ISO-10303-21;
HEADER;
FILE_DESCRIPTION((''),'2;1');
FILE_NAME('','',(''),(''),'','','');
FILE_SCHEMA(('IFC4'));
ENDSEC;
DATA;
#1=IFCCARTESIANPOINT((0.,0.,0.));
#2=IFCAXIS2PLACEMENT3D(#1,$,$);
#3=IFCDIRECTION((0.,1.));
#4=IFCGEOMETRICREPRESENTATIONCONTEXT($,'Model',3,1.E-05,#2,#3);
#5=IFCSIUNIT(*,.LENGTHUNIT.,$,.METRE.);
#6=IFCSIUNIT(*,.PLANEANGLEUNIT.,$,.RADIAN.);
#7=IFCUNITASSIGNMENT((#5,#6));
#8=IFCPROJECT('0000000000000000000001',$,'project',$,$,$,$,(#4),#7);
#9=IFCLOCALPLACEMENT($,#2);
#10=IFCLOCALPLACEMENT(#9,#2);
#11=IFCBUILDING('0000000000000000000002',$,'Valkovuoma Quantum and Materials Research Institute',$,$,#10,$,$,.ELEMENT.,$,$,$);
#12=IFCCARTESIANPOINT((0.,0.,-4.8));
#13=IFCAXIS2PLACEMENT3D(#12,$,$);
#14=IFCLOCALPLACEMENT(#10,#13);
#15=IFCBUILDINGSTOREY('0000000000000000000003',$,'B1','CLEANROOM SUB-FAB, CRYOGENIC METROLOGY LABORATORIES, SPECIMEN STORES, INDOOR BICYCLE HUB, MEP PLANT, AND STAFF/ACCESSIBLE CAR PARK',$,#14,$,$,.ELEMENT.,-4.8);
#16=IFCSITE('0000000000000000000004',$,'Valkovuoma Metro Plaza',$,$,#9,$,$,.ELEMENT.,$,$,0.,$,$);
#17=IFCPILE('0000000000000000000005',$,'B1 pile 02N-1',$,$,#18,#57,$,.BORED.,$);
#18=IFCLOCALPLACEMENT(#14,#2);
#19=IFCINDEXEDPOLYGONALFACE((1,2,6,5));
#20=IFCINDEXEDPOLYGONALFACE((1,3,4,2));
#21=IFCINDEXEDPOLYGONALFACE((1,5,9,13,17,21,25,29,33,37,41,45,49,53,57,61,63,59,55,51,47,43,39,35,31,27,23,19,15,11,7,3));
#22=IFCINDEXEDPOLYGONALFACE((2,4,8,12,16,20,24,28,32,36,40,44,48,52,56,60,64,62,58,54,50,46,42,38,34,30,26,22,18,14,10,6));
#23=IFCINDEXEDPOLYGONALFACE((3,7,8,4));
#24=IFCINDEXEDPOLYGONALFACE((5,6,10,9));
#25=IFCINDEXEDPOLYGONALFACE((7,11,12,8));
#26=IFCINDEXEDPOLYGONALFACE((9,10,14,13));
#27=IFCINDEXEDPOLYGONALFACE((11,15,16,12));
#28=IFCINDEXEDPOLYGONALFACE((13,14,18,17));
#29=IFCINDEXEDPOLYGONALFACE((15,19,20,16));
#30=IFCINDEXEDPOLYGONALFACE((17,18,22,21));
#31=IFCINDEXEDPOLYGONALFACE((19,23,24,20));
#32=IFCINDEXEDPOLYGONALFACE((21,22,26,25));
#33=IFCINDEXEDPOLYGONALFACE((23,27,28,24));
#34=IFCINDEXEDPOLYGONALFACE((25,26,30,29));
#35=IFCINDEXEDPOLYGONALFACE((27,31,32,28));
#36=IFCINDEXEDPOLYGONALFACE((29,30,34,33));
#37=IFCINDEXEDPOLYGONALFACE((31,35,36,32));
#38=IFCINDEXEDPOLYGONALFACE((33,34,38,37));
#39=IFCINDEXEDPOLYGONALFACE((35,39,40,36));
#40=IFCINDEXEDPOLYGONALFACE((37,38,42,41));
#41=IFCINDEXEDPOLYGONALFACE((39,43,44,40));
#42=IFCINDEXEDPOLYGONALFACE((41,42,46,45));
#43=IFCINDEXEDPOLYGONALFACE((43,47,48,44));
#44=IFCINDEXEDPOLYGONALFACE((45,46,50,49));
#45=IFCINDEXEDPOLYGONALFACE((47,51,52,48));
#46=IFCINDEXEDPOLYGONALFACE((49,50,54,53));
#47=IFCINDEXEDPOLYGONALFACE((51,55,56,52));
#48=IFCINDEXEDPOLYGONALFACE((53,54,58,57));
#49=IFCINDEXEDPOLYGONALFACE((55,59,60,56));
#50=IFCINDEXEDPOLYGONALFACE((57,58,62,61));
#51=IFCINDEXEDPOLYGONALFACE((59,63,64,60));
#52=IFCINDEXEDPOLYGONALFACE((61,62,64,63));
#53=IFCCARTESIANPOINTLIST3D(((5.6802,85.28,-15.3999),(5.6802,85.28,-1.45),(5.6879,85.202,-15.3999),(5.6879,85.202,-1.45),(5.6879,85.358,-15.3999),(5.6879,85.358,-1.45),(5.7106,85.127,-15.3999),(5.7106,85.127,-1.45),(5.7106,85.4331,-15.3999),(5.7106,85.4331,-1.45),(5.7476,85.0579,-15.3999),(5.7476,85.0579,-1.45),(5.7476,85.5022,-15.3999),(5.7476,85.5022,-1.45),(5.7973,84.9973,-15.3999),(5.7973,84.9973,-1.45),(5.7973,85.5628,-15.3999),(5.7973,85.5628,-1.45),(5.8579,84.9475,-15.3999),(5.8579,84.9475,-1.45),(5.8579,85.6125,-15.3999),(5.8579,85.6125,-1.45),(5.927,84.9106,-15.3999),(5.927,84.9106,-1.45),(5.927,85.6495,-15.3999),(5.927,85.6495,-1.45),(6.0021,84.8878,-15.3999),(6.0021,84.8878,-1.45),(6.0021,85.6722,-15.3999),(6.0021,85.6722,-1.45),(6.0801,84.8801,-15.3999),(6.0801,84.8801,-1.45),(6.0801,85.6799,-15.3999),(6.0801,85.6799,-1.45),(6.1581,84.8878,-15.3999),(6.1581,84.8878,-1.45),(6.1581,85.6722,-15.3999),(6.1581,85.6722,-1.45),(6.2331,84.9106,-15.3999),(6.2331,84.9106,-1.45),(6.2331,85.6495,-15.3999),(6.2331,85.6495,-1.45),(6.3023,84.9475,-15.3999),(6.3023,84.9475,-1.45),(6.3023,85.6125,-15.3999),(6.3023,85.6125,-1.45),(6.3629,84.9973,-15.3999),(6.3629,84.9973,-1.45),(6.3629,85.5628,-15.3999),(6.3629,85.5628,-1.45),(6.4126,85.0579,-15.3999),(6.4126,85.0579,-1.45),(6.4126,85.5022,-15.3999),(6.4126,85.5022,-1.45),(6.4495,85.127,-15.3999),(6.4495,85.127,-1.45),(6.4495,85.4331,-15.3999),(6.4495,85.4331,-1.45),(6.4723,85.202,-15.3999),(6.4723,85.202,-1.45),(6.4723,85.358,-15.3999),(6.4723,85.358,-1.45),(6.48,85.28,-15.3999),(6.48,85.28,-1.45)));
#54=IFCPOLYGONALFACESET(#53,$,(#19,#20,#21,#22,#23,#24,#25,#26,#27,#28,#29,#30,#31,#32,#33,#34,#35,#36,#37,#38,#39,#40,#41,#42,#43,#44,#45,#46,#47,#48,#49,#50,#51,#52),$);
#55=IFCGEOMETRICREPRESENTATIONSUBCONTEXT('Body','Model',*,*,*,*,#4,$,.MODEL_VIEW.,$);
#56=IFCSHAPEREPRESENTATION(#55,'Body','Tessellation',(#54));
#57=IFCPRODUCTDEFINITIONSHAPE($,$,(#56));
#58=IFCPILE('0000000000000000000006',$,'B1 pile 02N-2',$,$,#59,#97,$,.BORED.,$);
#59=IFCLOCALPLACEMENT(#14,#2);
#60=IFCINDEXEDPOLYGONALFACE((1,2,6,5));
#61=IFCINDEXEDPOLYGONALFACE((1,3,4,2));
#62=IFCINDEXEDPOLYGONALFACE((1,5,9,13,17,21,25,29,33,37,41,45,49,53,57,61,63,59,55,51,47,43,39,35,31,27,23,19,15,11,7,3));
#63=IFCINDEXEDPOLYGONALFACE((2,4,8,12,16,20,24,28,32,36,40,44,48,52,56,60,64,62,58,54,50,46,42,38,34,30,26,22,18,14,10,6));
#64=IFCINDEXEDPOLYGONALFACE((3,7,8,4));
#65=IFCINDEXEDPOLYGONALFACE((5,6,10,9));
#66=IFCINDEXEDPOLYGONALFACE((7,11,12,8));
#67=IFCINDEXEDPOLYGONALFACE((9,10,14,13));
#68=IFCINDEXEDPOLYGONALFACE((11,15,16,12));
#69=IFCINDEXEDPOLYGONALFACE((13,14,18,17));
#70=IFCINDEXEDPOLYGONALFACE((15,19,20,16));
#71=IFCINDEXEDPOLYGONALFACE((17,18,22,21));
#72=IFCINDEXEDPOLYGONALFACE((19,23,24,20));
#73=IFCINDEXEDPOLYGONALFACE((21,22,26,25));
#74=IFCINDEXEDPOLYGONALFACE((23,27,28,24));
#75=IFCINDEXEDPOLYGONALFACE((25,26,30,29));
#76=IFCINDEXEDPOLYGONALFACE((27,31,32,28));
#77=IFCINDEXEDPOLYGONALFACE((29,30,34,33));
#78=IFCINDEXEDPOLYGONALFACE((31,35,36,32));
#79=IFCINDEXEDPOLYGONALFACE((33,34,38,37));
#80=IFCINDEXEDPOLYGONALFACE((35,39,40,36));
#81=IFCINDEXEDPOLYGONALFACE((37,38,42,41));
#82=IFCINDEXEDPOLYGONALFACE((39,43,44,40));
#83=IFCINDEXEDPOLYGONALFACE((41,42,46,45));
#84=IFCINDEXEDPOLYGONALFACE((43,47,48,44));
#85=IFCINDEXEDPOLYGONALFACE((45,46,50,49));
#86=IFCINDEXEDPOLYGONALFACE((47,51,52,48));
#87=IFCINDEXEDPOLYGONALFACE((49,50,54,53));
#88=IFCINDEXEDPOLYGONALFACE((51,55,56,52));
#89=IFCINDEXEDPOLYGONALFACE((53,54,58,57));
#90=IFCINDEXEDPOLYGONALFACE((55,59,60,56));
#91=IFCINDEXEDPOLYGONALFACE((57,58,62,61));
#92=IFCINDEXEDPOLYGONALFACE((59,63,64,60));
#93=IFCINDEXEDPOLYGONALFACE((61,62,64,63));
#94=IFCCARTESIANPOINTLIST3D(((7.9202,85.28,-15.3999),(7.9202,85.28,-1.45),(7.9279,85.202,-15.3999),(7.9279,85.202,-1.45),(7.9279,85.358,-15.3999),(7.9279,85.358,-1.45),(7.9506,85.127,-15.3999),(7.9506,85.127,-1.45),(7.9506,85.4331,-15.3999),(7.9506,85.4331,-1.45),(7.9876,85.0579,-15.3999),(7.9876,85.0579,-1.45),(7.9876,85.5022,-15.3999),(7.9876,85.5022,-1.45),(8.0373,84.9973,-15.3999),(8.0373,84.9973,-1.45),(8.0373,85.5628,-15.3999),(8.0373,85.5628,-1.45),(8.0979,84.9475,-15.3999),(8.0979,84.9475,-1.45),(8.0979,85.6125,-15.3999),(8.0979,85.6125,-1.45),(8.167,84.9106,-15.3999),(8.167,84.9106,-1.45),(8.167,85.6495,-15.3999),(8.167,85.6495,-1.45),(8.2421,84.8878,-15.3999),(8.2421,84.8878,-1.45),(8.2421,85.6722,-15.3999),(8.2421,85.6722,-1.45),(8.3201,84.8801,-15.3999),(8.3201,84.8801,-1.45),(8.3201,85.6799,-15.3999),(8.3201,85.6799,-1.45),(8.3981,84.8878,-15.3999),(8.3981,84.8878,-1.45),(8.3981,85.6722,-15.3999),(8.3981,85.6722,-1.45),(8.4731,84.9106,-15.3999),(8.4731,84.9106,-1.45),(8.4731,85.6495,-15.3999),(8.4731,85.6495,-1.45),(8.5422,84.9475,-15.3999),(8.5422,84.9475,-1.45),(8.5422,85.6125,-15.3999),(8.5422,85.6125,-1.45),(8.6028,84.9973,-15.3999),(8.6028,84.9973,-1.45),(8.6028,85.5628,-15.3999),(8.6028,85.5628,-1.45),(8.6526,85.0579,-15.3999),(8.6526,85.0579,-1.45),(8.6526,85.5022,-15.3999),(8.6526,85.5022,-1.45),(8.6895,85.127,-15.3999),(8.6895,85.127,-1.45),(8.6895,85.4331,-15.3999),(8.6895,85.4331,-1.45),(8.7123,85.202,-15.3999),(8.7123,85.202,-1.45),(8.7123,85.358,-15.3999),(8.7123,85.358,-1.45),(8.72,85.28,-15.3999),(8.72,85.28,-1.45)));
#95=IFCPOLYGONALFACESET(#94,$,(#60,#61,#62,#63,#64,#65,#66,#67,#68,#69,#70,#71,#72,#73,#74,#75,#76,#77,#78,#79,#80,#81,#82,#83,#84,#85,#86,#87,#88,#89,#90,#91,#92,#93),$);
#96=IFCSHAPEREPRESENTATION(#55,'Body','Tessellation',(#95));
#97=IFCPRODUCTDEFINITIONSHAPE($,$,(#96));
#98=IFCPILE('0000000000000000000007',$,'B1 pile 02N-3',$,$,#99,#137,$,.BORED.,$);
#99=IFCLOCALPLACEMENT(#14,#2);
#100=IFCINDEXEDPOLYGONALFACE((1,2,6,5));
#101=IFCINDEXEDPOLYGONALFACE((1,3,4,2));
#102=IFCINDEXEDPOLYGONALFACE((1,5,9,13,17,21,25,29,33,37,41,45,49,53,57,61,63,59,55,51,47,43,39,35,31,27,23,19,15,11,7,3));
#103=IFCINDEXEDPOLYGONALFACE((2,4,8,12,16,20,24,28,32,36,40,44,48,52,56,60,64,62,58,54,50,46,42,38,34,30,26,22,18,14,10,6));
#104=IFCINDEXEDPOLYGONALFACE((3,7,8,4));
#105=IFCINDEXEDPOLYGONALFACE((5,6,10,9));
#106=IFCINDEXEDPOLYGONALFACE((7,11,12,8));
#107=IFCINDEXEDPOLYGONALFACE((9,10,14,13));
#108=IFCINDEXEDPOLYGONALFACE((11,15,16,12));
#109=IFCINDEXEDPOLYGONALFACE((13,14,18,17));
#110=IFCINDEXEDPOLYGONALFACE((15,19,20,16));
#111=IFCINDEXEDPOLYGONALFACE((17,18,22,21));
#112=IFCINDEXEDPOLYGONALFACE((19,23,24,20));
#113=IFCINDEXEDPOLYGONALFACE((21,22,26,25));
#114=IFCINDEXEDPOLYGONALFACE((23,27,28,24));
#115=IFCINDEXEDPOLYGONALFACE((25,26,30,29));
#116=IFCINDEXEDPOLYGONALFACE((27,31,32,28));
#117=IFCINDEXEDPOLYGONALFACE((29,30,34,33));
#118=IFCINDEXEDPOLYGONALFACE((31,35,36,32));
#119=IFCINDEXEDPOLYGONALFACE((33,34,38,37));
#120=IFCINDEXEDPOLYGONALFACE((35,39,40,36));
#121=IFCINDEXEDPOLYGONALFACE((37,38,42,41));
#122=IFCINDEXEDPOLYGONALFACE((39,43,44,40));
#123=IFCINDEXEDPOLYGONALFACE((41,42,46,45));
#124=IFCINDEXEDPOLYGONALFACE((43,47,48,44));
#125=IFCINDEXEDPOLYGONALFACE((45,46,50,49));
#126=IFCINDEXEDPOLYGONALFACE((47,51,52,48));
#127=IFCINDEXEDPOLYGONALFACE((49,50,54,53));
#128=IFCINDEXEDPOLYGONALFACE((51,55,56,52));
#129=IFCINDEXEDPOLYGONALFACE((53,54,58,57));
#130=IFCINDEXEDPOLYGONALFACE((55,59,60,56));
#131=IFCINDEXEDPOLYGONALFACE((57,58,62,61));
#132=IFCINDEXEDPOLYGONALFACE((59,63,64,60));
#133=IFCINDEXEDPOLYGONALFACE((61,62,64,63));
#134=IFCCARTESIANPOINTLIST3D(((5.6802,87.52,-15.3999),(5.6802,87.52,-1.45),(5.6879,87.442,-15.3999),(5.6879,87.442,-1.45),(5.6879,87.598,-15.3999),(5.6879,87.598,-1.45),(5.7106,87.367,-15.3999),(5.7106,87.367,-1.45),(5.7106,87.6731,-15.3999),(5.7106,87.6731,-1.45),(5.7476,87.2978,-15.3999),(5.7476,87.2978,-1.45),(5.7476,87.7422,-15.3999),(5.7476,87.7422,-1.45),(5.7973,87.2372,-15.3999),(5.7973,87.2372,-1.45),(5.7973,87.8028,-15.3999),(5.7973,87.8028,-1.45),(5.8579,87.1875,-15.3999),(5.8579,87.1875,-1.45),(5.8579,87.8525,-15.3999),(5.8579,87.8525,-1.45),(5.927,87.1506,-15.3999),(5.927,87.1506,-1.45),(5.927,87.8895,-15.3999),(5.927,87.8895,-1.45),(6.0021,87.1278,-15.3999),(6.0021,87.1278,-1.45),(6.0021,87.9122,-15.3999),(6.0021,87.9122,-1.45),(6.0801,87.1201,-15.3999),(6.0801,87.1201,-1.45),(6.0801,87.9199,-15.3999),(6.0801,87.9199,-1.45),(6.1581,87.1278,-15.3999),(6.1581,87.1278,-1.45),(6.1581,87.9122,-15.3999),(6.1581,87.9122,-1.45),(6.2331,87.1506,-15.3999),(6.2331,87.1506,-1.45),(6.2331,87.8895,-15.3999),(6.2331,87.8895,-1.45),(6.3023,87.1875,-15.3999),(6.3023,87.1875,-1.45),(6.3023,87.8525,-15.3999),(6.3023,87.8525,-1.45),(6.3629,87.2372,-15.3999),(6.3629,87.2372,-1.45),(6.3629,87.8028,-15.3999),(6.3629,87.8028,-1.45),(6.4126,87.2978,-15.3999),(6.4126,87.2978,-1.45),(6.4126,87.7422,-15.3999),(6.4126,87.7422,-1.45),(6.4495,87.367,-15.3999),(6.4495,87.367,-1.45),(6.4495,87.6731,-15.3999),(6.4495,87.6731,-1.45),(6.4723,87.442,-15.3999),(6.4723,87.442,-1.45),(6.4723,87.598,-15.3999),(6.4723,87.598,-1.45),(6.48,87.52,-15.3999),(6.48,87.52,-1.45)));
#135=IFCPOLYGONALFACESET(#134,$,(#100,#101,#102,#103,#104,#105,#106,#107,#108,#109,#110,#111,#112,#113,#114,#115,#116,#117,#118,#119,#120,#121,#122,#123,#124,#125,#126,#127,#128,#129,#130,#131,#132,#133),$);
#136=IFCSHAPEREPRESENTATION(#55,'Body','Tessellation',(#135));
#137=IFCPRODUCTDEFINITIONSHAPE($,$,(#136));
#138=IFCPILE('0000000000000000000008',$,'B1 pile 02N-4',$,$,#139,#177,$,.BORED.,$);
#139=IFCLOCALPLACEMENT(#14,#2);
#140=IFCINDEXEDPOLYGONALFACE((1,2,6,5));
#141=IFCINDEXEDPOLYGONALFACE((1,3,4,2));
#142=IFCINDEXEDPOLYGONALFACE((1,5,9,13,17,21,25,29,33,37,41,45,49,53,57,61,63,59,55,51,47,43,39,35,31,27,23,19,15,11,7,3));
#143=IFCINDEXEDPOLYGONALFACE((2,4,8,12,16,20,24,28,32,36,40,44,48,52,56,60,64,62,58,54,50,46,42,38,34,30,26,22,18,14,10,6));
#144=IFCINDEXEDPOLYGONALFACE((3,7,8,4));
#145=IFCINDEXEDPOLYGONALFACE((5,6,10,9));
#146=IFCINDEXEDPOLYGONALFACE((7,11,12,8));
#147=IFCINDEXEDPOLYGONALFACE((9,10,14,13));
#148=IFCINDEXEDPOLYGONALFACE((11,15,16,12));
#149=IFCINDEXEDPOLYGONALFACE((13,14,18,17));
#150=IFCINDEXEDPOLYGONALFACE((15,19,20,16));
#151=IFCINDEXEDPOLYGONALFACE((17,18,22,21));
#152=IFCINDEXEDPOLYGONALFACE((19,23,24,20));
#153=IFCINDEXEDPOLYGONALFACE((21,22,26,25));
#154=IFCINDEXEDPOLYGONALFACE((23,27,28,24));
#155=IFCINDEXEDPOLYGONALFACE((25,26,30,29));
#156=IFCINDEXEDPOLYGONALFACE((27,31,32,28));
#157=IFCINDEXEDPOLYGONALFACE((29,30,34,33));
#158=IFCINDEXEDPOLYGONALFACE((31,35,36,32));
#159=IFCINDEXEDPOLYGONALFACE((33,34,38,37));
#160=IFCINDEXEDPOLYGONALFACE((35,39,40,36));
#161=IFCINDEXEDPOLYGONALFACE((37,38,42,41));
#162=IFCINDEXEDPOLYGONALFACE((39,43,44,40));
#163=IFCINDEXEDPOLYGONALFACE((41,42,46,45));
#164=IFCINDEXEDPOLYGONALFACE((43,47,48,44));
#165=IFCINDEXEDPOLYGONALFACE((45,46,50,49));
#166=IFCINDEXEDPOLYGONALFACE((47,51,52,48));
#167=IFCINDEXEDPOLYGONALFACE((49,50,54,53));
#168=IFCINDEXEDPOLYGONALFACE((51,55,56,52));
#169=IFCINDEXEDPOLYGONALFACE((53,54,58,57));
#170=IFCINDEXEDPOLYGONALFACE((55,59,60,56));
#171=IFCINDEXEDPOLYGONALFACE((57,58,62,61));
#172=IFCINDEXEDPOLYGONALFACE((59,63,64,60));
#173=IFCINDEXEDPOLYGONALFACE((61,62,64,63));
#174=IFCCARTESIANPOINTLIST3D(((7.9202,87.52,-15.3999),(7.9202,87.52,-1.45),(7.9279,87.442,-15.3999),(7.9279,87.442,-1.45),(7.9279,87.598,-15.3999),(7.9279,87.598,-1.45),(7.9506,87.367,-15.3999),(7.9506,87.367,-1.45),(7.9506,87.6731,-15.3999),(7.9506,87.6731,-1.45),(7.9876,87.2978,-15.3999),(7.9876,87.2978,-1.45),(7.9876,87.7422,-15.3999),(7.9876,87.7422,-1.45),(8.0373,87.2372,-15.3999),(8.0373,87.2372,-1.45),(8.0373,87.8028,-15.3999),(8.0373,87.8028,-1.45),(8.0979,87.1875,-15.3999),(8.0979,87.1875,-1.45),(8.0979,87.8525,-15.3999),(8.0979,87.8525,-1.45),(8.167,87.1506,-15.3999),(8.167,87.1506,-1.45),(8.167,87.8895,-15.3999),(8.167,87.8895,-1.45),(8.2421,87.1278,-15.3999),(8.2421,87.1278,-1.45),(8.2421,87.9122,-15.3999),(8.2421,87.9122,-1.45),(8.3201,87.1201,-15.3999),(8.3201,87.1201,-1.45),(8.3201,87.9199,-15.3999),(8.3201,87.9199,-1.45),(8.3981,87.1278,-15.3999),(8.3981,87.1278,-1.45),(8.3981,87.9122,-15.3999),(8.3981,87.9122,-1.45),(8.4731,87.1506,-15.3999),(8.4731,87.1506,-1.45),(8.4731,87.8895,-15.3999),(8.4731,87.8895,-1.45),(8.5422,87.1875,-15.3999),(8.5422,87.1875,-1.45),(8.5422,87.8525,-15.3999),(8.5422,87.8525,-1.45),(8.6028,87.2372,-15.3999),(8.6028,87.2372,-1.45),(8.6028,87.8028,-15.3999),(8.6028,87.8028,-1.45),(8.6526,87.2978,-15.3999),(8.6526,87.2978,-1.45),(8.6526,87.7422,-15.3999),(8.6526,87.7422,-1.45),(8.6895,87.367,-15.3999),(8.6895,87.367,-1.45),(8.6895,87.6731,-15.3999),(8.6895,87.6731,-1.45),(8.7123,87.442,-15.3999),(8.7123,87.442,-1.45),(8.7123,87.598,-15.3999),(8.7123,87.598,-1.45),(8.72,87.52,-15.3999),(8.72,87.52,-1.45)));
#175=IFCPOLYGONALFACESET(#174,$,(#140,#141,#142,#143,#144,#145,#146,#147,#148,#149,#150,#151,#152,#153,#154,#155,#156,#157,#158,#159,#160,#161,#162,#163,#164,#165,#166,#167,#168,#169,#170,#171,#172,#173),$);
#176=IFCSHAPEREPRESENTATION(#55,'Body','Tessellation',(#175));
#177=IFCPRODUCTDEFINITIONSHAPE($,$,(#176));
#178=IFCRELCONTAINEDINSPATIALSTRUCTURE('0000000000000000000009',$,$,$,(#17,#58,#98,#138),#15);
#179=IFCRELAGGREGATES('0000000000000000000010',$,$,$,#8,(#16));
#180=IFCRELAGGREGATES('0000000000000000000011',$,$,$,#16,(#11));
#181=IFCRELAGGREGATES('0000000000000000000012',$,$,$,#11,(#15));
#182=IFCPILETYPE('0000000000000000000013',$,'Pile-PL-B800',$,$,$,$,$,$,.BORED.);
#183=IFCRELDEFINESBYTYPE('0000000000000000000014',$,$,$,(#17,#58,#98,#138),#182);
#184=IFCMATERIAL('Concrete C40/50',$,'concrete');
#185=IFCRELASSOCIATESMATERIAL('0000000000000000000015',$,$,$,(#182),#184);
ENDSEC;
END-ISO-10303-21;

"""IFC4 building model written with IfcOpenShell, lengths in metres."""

from ifc_helpers import new_model, si_unit, direction, frame, origin, origin_2d, place, context, subcontext, project, spatial, circle, extrude, material, material_profile, profile_set, type_object, element, save


model = new_model("IFC4")

# Units and contexts
model_context = context("Model", 3, precision=1e-05, world=origin(), true_north=direction((0.0, 1.0)))
body_context = subcontext(model_context, "Body", "Model", "MODEL_VIEW")
ifc_project = project(units=[si_unit("LENGTHUNIT", "METRE"), si_unit("PLANEANGLEUNIT", "RADIAN")], contexts=[model_context])

# Site, building, storey
site_placement = place(None, origin())
site = spatial("IfcSite", under=ifc_project, at=site_placement, Name="Valkovuoma Metro Plaza", CompositionType="ELEMENT", RefElevation=0.0)
building_placement = place(site_placement, origin())
building = spatial("IfcBuilding", under=site, at=building_placement, Name="Valkovuoma Quantum and Materials Research Institute", CompositionType="ELEMENT")
storey_placement = place(building_placement, frame((0.0, 0.0, -4.8)))
storey = spatial("IfcBuildingStorey", under=building, at=storey_placement, Name="B1", Description="CLEANROOM SUB-FAB, CRYOGENIC METROLOGY LABORATORIES, SPECIMEN STORES, INDOOR BICYCLE HUB, MEP PLANT, AND STAFF/ACCESSIBLE CAR PARK", CompositionType="ELEMENT", Elevation=-4.8)

# Piles
ifc_material_1 = material(Name="Concrete C40/50", Category="concrete")
ifc_material_profile_1 = material_profile(ifc_material_1, circle(Radius=0.3999, at=origin_2d()), Name="Concrete C40/50")
ifc_profile_set_1 = profile_set([ifc_material_profile_1], Name="Concrete C40/50")
pile_type = type_object("IfcPileType", Name="Pile-PL-B800", PredefinedType="BORED", material=ifc_profile_set_1)
for number, where, z_axis, x_axis, name in (
    (1, (6.0801, 85.28, -1.45), (0.0, 0.0, -1.0), (1.0, 0.0, 0.0), "B1 pile 02N-1"),
    (2, (8.3201, 85.28, -1.45), (0.0, 0.0, -1.0), (1.0, 0.0, 0.0), "B1 pile 02N-2"),
    (3, (6.0801, 87.52, -1.45), (0.0, 0.0, -1.0), (1.0, 0.0, 0.0), "B1 pile 02N-3"),
    (4, (8.3201, 87.52, -1.45), (0.0, 0.0, -1.0), (1.0, 0.0, 0.0), "B1 pile 02N-4"),
):
    element("IfcPile", number, at=place(storey_placement, frame(where, z_axis=z_axis, x_axis=x_axis)), inside=storey, type_object=pile_type, Name=name, PredefinedType="BORED", context=body_context, shape_type="SweptSolid", body=[
        extrude(circle(Radius=0.3999, at=origin_2d()), origin(), (0.0, 0.0, 1.0), 13.95),
    ])

save(model, "model.ifc")
